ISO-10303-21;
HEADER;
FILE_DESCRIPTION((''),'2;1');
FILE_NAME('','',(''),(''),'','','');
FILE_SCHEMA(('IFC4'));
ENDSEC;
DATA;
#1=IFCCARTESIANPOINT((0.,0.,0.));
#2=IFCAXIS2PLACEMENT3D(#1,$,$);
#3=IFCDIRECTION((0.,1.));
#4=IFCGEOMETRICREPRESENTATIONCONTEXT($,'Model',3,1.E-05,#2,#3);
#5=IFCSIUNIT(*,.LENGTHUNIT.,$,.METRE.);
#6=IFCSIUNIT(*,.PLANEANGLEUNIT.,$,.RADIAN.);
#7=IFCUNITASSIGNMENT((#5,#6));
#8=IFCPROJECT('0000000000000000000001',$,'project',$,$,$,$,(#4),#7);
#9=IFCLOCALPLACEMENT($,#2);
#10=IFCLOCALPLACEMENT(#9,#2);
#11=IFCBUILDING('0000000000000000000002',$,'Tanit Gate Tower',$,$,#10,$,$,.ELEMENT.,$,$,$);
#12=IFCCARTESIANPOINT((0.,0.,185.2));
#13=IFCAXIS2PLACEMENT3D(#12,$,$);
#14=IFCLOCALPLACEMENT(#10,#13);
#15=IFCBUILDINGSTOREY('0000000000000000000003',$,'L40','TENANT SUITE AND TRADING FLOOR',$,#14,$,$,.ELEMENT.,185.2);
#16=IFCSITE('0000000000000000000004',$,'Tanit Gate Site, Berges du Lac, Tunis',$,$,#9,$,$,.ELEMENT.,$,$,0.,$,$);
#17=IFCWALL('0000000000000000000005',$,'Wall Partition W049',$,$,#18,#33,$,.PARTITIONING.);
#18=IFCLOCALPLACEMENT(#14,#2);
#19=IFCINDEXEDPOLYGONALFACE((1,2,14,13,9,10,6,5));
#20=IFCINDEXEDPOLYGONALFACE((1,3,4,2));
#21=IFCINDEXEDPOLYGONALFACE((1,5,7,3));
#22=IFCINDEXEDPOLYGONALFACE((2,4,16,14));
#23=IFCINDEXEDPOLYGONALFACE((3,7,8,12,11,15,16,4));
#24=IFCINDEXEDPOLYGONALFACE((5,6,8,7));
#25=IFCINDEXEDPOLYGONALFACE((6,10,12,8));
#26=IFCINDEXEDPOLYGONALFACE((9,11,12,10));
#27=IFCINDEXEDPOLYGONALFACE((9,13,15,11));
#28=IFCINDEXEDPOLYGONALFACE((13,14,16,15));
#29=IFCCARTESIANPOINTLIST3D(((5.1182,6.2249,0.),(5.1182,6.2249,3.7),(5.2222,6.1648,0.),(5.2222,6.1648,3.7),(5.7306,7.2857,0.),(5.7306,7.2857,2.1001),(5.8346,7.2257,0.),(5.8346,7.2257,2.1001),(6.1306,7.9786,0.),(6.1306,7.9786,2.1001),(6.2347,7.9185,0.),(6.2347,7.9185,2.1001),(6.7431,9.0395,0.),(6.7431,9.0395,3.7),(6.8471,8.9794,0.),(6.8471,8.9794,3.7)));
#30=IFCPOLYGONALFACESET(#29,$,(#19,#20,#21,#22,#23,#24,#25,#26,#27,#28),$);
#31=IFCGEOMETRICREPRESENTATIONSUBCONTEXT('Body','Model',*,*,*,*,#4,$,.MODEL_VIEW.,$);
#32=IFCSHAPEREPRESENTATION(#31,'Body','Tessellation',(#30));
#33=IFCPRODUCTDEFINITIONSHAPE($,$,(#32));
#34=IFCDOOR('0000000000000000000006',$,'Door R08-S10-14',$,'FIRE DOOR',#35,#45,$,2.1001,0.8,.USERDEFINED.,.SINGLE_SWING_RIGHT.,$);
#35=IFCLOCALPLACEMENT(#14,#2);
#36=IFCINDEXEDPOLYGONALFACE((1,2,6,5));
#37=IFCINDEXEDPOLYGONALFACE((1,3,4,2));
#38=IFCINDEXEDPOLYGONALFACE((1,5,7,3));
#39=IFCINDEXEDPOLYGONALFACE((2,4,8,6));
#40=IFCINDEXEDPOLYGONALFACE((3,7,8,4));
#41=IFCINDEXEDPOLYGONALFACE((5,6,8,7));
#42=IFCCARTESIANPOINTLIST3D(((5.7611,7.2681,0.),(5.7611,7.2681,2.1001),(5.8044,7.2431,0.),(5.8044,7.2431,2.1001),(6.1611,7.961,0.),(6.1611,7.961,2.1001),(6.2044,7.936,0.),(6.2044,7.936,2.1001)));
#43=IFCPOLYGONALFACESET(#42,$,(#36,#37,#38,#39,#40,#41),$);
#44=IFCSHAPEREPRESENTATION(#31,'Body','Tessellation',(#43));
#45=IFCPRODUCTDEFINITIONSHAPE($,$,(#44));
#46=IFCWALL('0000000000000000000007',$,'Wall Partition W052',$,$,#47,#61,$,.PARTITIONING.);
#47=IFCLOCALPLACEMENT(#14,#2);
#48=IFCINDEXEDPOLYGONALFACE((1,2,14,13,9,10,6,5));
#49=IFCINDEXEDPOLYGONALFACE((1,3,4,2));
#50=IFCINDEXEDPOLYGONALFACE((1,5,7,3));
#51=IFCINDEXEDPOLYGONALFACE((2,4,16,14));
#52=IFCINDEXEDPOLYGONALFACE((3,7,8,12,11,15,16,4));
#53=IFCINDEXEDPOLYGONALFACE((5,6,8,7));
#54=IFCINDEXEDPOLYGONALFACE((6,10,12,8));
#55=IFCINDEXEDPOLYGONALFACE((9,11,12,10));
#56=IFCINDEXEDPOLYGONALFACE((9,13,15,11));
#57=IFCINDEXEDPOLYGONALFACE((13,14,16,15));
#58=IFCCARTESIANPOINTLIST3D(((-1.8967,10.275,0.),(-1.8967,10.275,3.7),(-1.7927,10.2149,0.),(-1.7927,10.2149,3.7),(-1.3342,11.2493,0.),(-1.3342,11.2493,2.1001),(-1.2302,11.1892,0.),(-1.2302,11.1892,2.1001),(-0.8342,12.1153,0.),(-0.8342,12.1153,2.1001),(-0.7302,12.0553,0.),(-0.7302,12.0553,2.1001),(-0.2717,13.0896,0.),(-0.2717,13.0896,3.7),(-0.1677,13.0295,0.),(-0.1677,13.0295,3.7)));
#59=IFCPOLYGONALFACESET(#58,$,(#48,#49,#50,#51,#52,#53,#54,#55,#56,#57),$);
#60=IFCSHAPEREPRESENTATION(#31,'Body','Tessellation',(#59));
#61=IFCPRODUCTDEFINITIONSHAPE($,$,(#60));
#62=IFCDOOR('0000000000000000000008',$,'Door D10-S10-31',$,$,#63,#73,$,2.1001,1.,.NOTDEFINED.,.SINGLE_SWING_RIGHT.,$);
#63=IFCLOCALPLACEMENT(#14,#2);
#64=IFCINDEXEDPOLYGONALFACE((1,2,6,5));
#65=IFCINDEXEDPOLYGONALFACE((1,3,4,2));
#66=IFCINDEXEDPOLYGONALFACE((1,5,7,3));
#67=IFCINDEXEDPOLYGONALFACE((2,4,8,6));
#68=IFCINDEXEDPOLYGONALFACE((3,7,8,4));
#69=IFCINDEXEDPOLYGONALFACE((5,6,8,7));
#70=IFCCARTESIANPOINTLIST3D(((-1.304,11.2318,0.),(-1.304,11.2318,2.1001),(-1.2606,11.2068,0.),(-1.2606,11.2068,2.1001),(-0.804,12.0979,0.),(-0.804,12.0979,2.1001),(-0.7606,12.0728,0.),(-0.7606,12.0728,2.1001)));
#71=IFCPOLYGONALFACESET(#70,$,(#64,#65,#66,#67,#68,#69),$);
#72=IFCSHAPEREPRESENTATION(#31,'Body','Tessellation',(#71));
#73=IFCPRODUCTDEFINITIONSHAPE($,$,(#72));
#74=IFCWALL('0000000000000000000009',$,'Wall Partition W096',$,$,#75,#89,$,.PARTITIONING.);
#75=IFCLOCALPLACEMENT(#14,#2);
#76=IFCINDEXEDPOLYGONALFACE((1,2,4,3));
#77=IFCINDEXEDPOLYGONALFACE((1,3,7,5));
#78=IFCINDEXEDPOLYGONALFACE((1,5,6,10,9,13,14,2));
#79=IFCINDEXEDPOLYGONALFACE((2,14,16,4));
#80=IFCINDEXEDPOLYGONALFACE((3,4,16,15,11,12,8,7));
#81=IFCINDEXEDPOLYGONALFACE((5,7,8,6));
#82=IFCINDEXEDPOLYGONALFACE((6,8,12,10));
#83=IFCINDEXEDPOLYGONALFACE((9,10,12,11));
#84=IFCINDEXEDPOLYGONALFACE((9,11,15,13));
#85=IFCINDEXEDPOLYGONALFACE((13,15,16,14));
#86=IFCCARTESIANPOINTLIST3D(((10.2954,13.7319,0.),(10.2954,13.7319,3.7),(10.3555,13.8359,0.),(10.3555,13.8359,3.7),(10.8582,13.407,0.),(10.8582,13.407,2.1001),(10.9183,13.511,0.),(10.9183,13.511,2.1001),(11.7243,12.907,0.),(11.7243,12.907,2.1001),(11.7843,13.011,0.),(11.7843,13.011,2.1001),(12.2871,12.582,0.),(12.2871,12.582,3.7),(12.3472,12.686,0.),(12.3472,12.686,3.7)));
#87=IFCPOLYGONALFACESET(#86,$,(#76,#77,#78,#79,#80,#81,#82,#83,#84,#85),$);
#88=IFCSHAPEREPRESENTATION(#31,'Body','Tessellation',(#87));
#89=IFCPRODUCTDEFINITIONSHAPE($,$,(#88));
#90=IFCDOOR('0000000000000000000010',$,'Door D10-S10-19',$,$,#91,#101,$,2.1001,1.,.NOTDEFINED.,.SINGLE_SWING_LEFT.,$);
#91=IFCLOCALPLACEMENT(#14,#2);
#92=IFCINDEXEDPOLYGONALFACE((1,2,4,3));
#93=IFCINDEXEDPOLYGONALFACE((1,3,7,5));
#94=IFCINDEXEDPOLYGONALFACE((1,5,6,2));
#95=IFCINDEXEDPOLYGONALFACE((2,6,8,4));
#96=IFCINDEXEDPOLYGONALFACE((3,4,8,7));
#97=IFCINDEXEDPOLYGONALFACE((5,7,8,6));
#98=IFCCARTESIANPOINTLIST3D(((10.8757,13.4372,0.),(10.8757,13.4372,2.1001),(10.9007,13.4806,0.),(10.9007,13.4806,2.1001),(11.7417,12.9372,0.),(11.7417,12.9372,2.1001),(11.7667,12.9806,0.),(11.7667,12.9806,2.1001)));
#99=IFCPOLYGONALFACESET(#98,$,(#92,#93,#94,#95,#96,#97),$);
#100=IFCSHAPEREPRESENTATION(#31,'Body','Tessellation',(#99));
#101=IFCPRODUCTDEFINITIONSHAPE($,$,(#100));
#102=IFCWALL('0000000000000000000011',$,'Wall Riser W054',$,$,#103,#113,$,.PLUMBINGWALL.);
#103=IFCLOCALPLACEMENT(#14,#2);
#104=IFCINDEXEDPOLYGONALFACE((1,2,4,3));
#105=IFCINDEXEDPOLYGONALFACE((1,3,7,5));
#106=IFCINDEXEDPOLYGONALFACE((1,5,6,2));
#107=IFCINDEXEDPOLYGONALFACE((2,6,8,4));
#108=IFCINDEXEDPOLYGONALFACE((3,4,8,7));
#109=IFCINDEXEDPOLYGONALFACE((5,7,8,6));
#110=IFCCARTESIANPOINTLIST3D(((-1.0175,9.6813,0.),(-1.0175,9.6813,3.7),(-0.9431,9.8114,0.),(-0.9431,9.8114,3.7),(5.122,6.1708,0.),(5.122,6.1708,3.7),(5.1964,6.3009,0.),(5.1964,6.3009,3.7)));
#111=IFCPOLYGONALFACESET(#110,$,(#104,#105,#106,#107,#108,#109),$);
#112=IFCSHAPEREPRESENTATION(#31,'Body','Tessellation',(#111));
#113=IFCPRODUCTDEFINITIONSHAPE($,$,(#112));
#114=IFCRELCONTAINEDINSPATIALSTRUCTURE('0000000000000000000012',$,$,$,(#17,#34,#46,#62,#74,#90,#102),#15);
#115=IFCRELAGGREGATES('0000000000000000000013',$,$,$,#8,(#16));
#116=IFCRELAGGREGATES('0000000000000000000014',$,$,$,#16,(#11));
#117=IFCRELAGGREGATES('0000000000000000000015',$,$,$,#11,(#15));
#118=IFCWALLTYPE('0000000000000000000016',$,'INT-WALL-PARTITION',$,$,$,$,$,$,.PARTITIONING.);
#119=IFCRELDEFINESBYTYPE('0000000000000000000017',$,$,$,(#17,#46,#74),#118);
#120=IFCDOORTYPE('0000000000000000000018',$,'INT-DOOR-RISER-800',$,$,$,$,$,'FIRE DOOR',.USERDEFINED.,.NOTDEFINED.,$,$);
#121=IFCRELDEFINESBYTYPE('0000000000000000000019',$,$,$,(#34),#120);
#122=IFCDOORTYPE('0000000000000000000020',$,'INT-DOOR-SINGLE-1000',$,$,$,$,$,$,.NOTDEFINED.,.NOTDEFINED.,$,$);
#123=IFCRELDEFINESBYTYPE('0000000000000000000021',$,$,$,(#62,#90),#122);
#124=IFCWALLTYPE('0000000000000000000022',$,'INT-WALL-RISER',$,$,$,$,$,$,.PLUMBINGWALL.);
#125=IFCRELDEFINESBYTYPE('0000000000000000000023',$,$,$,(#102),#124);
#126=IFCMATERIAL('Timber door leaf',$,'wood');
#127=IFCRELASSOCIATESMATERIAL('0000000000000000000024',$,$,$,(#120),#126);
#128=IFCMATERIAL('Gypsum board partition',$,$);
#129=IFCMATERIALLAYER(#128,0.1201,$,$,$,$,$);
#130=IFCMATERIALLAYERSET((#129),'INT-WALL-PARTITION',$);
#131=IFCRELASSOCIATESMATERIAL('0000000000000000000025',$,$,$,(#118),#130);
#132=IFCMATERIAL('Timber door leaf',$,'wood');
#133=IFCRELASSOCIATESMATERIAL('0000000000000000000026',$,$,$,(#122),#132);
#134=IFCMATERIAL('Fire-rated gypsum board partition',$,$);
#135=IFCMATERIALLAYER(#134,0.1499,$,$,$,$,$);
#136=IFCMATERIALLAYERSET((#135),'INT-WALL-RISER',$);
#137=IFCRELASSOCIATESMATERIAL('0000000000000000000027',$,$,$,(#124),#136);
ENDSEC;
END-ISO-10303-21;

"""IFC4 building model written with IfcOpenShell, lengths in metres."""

from ifc_helpers import new_model, si_unit, direction, frame, frame_2d, origin, place, context, subcontext, project, spatial, rectangle, extrude, material, layer, layer_set, type_object, element, fill, save


model = new_model("IFC4")

# Units and contexts
model_context = context("Model", 3, precision=1e-05, world=origin(), true_north=direction((0.0, 1.0)))
body_context = subcontext(model_context, "Body", "Model", "MODEL_VIEW")
ifc_project = project(units=[si_unit("LENGTHUNIT", "METRE"), si_unit("PLANEANGLEUNIT", "RADIAN")], contexts=[model_context])

# Site, building, storey
site_placement = place(None, origin())
site = spatial("IfcSite", under=ifc_project, at=site_placement, Name="Tanit Gate Site, Berges du Lac, Tunis", CompositionType="ELEMENT", RefElevation=0.0)
building_placement = place(site_placement, origin())
building = spatial("IfcBuilding", under=site, at=building_placement, Name="Tanit Gate Tower", CompositionType="ELEMENT")
storey_placement = place(building_placement, frame((0.0, 0.0, 185.2)))
storey = spatial("IfcBuildingStorey", under=building, at=storey_placement, Name="L40", Description="TENANT SUITE AND TRADING FLOOR", CompositionType="ELEMENT", Elevation=185.2)

# Shared definitions
ifc_material_1 = material(Name="Timber door leaf", Category="wood")
door_type_1 = type_object("IfcDoorType", Name="INT-DOOR-RISER-800", ElementType="FIRE DOOR", OperationType="NOTDEFINED", PredefinedType="USERDEFINED", material=ifc_material_1)

# Walls, openings, doors
ifc_material_2 = material(Name="Gypsum board partition")
ifc_layer_1 = layer(ifc_material_2, 0.1201)
ifc_layer_set_1 = layer_set([ifc_layer_1], Name="INT-WALL-PARTITION")
wall_type_1 = type_object("IfcWallType", Name="INT-WALL-PARTITION", PredefinedType="PARTITIONING", material=ifc_layer_set_1)
wall_1_placement = place(storey_placement, frame((5.1702, 6.1948, 0.0), z_axis=(0.0, 0.0, 1.0), x_axis=(0.499985, 0.866034, 0.0)))
wall_1 = element("IfcWall", 1, at=wall_1_placement, inside=storey, type_object=wall_type_1, Name="Wall Partition W049", PredefinedType="PARTITIONING", context=body_context, shape_type="SweptSolid", body=[
    extrude(rectangle(XDim=3.25, YDim=0.1201, at=frame_2d((1.625, 0.0))), origin(), (0.0, 0.0, 1.0), 3.7),
])
opening_1_placement = place(wall_1_placement, frame((1.2251, 0.0, 0.0)))
opening_1 = element("IfcOpeningElement", 2, at=opening_1_placement, cuts=wall_1, PredefinedType="OPENING", context=body_context, shape_type="SweptSolid", body=[
    extrude(rectangle(XDim=0.8, YDim=2.1001, at=frame_2d((0.3999, 1.05))), frame((0.0, 0.0701, 0.0), z_axis=(0.0, -1.0, 0.0), x_axis=(1.0, 0.0, 0.0)), (0.0, 0.0, 1.0), 0.1401),
])
door_1_placement = place(opening_1_placement, origin())
door_1 = element("IfcDoor", 3, at=door_1_placement, inside=storey, type_object=door_type_1, Name="Door R08-S10-14", ObjectType="FIRE DOOR", OperationType="SINGLE_SWING_RIGHT", OverallHeight=2.1001, OverallWidth=0.8, PredefinedType="USERDEFINED", context=body_context, shape_type="SweptSolid", body=[
    extrude(rectangle(XDim=0.8, YDim=2.1001, at=frame_2d((0.3999, 1.05))), frame((0.0, 0.0249, 0.0), z_axis=(0.0, -1.0, 0.0), x_axis=(1.0, 0.0, 0.0)), (0.0, 0.0, 1.0), 0.05),
])
fill(opening_1, door_1)
wall_2_placement = place(storey_placement, frame((-0.2197, 13.0596, 0.0), z_axis=(0.0, 0.0, 1.0), x_axis=(-0.499985, -0.866034, 0.0)))
wall_2 = element("IfcWall", 4, at=wall_2_placement, inside=storey, type_object=wall_type_1, Name="Wall Partition W052", PredefinedType="PARTITIONING", context=body_context, shape_type="SweptSolid", body=[
    extrude(rectangle(XDim=3.25, YDim=0.1201, at=frame_2d((1.625, 0.0))), origin(), (0.0, 0.0, 1.0), 3.7),
])
opening_2_placement = place(wall_2_placement, frame((1.125, 0.0, 0.0)))
opening_2 = element("IfcOpeningElement", 5, at=opening_2_placement, cuts=wall_2, PredefinedType="OPENING", context=body_context, shape_type="SweptSolid", body=[
    extrude(rectangle(XDim=1.0, YDim=2.1001, at=frame_2d((0.5, 1.05))), frame((0.0, 0.0701, 0.0), z_axis=(0.0, -1.0, 0.0), x_axis=(1.0, 0.0, 0.0)), (0.0, 0.0, 1.0), 0.1401),
])
ifc_material_3 = material(Name="Timber door leaf", Category="wood")
door_type_2 = type_object("IfcDoorType", Name="INT-DOOR-SINGLE-1000", OperationType="NOTDEFINED", PredefinedType="NOTDEFINED", material=ifc_material_3)
door_2_placement = place(opening_2_placement, origin())
door_2 = element("IfcDoor", 6, at=door_2_placement, inside=storey, type_object=door_type_2, Name="Door D10-S10-31", OperationType="SINGLE_SWING_RIGHT", OverallHeight=2.1001, OverallWidth=1.0, PredefinedType="NOTDEFINED", context=body_context, shape_type="SweptSolid", body=[
    extrude(rectangle(XDim=1.0, YDim=2.1001, at=frame_2d((0.5, 1.05))), frame((0.0, 0.0249, 0.0), z_axis=(0.0, -1.0, 0.0), x_axis=(1.0, 0.0, 0.0)), (0.0, 0.0, 1.0), 0.05),
])
fill(opening_2, door_2)
wall_3_placement = place(storey_placement, frame((10.3254, 13.7839, 0.0), z_axis=(0.0, 0.0, 1.0), x_axis=(0.866026, -0.499998, 0.0)))
wall_3 = element("IfcWall", 7, at=wall_3_placement, inside=storey, type_object=wall_type_1, Name="Wall Partition W096", PredefinedType="PARTITIONING", context=body_context, shape_type="SweptSolid", body=[
    extrude(rectangle(XDim=2.2998, YDim=0.1201, at=frame_2d((1.1499, 0.0))), origin(), (0.0, 0.0, 1.0), 3.7),
])
opening_3_placement = place(wall_3_placement, frame((0.6499, 0.0, 0.0)))
opening_3 = element("IfcOpeningElement", 8, at=opening_3_placement, cuts=wall_3, PredefinedType="OPENING", context=body_context, shape_type="SweptSolid", body=[
    extrude(rectangle(XDim=1.0, YDim=2.1001, at=frame_2d((0.5, 1.05))), frame((0.0, 0.0701, 0.0), z_axis=(0.0, -1.0, 0.0), x_axis=(1.0, 0.0, 0.0)), (0.0, 0.0, 1.0), 0.1401),
])
door_3_placement = place(opening_3_placement, origin())
door_3 = element("IfcDoor", 9, at=door_3_placement, inside=storey, type_object=door_type_2, Name="Door D10-S10-19", OperationType="SINGLE_SWING_LEFT", OverallHeight=2.1001, OverallWidth=1.0, PredefinedType="NOTDEFINED", context=body_context, shape_type="SweptSolid", body=[
    extrude(rectangle(XDim=1.0, YDim=2.1001, at=frame_2d((0.5, 1.05))), frame((0.0, 0.0249, 0.0), z_axis=(0.0, -1.0, 0.0), x_axis=(1.0, 0.0, 0.0)), (0.0, 0.0, 1.0), 0.05),
])
fill(opening_3, door_3)

# Wall
ifc_material_4 = material(Name="Fire-rated gypsum board partition")
ifc_layer_2 = layer(ifc_material_4, 0.1499)
ifc_layer_set_2 = layer_set([ifc_layer_2], Name="INT-WALL-RISER")
wall_type_2 = type_object("IfcWallType", Name="INT-WALL-RISER", PredefinedType="PLUMBINGWALL", material=ifc_layer_set_2)
wall_4_placement = place(storey_placement, frame((5.1592, 6.2358, 0.0), z_axis=(0.0, 0.0, 1.0), x_axis=(-0.868105, 0.496381, 0.0)))
element("IfcWall", 10, at=wall_4_placement, inside=storey, type_object=wall_type_2, Name="Wall Riser W054", PredefinedType="PLUMBINGWALL", context=body_context, shape_type="SweptSolid", body=[
    extrude(rectangle(XDim=7.0723, YDim=0.1499, at=frame_2d((3.5361, 0.0))), origin(), (0.0, 0.0, 1.0), 3.7),
])

save(model, "model.ifc")
